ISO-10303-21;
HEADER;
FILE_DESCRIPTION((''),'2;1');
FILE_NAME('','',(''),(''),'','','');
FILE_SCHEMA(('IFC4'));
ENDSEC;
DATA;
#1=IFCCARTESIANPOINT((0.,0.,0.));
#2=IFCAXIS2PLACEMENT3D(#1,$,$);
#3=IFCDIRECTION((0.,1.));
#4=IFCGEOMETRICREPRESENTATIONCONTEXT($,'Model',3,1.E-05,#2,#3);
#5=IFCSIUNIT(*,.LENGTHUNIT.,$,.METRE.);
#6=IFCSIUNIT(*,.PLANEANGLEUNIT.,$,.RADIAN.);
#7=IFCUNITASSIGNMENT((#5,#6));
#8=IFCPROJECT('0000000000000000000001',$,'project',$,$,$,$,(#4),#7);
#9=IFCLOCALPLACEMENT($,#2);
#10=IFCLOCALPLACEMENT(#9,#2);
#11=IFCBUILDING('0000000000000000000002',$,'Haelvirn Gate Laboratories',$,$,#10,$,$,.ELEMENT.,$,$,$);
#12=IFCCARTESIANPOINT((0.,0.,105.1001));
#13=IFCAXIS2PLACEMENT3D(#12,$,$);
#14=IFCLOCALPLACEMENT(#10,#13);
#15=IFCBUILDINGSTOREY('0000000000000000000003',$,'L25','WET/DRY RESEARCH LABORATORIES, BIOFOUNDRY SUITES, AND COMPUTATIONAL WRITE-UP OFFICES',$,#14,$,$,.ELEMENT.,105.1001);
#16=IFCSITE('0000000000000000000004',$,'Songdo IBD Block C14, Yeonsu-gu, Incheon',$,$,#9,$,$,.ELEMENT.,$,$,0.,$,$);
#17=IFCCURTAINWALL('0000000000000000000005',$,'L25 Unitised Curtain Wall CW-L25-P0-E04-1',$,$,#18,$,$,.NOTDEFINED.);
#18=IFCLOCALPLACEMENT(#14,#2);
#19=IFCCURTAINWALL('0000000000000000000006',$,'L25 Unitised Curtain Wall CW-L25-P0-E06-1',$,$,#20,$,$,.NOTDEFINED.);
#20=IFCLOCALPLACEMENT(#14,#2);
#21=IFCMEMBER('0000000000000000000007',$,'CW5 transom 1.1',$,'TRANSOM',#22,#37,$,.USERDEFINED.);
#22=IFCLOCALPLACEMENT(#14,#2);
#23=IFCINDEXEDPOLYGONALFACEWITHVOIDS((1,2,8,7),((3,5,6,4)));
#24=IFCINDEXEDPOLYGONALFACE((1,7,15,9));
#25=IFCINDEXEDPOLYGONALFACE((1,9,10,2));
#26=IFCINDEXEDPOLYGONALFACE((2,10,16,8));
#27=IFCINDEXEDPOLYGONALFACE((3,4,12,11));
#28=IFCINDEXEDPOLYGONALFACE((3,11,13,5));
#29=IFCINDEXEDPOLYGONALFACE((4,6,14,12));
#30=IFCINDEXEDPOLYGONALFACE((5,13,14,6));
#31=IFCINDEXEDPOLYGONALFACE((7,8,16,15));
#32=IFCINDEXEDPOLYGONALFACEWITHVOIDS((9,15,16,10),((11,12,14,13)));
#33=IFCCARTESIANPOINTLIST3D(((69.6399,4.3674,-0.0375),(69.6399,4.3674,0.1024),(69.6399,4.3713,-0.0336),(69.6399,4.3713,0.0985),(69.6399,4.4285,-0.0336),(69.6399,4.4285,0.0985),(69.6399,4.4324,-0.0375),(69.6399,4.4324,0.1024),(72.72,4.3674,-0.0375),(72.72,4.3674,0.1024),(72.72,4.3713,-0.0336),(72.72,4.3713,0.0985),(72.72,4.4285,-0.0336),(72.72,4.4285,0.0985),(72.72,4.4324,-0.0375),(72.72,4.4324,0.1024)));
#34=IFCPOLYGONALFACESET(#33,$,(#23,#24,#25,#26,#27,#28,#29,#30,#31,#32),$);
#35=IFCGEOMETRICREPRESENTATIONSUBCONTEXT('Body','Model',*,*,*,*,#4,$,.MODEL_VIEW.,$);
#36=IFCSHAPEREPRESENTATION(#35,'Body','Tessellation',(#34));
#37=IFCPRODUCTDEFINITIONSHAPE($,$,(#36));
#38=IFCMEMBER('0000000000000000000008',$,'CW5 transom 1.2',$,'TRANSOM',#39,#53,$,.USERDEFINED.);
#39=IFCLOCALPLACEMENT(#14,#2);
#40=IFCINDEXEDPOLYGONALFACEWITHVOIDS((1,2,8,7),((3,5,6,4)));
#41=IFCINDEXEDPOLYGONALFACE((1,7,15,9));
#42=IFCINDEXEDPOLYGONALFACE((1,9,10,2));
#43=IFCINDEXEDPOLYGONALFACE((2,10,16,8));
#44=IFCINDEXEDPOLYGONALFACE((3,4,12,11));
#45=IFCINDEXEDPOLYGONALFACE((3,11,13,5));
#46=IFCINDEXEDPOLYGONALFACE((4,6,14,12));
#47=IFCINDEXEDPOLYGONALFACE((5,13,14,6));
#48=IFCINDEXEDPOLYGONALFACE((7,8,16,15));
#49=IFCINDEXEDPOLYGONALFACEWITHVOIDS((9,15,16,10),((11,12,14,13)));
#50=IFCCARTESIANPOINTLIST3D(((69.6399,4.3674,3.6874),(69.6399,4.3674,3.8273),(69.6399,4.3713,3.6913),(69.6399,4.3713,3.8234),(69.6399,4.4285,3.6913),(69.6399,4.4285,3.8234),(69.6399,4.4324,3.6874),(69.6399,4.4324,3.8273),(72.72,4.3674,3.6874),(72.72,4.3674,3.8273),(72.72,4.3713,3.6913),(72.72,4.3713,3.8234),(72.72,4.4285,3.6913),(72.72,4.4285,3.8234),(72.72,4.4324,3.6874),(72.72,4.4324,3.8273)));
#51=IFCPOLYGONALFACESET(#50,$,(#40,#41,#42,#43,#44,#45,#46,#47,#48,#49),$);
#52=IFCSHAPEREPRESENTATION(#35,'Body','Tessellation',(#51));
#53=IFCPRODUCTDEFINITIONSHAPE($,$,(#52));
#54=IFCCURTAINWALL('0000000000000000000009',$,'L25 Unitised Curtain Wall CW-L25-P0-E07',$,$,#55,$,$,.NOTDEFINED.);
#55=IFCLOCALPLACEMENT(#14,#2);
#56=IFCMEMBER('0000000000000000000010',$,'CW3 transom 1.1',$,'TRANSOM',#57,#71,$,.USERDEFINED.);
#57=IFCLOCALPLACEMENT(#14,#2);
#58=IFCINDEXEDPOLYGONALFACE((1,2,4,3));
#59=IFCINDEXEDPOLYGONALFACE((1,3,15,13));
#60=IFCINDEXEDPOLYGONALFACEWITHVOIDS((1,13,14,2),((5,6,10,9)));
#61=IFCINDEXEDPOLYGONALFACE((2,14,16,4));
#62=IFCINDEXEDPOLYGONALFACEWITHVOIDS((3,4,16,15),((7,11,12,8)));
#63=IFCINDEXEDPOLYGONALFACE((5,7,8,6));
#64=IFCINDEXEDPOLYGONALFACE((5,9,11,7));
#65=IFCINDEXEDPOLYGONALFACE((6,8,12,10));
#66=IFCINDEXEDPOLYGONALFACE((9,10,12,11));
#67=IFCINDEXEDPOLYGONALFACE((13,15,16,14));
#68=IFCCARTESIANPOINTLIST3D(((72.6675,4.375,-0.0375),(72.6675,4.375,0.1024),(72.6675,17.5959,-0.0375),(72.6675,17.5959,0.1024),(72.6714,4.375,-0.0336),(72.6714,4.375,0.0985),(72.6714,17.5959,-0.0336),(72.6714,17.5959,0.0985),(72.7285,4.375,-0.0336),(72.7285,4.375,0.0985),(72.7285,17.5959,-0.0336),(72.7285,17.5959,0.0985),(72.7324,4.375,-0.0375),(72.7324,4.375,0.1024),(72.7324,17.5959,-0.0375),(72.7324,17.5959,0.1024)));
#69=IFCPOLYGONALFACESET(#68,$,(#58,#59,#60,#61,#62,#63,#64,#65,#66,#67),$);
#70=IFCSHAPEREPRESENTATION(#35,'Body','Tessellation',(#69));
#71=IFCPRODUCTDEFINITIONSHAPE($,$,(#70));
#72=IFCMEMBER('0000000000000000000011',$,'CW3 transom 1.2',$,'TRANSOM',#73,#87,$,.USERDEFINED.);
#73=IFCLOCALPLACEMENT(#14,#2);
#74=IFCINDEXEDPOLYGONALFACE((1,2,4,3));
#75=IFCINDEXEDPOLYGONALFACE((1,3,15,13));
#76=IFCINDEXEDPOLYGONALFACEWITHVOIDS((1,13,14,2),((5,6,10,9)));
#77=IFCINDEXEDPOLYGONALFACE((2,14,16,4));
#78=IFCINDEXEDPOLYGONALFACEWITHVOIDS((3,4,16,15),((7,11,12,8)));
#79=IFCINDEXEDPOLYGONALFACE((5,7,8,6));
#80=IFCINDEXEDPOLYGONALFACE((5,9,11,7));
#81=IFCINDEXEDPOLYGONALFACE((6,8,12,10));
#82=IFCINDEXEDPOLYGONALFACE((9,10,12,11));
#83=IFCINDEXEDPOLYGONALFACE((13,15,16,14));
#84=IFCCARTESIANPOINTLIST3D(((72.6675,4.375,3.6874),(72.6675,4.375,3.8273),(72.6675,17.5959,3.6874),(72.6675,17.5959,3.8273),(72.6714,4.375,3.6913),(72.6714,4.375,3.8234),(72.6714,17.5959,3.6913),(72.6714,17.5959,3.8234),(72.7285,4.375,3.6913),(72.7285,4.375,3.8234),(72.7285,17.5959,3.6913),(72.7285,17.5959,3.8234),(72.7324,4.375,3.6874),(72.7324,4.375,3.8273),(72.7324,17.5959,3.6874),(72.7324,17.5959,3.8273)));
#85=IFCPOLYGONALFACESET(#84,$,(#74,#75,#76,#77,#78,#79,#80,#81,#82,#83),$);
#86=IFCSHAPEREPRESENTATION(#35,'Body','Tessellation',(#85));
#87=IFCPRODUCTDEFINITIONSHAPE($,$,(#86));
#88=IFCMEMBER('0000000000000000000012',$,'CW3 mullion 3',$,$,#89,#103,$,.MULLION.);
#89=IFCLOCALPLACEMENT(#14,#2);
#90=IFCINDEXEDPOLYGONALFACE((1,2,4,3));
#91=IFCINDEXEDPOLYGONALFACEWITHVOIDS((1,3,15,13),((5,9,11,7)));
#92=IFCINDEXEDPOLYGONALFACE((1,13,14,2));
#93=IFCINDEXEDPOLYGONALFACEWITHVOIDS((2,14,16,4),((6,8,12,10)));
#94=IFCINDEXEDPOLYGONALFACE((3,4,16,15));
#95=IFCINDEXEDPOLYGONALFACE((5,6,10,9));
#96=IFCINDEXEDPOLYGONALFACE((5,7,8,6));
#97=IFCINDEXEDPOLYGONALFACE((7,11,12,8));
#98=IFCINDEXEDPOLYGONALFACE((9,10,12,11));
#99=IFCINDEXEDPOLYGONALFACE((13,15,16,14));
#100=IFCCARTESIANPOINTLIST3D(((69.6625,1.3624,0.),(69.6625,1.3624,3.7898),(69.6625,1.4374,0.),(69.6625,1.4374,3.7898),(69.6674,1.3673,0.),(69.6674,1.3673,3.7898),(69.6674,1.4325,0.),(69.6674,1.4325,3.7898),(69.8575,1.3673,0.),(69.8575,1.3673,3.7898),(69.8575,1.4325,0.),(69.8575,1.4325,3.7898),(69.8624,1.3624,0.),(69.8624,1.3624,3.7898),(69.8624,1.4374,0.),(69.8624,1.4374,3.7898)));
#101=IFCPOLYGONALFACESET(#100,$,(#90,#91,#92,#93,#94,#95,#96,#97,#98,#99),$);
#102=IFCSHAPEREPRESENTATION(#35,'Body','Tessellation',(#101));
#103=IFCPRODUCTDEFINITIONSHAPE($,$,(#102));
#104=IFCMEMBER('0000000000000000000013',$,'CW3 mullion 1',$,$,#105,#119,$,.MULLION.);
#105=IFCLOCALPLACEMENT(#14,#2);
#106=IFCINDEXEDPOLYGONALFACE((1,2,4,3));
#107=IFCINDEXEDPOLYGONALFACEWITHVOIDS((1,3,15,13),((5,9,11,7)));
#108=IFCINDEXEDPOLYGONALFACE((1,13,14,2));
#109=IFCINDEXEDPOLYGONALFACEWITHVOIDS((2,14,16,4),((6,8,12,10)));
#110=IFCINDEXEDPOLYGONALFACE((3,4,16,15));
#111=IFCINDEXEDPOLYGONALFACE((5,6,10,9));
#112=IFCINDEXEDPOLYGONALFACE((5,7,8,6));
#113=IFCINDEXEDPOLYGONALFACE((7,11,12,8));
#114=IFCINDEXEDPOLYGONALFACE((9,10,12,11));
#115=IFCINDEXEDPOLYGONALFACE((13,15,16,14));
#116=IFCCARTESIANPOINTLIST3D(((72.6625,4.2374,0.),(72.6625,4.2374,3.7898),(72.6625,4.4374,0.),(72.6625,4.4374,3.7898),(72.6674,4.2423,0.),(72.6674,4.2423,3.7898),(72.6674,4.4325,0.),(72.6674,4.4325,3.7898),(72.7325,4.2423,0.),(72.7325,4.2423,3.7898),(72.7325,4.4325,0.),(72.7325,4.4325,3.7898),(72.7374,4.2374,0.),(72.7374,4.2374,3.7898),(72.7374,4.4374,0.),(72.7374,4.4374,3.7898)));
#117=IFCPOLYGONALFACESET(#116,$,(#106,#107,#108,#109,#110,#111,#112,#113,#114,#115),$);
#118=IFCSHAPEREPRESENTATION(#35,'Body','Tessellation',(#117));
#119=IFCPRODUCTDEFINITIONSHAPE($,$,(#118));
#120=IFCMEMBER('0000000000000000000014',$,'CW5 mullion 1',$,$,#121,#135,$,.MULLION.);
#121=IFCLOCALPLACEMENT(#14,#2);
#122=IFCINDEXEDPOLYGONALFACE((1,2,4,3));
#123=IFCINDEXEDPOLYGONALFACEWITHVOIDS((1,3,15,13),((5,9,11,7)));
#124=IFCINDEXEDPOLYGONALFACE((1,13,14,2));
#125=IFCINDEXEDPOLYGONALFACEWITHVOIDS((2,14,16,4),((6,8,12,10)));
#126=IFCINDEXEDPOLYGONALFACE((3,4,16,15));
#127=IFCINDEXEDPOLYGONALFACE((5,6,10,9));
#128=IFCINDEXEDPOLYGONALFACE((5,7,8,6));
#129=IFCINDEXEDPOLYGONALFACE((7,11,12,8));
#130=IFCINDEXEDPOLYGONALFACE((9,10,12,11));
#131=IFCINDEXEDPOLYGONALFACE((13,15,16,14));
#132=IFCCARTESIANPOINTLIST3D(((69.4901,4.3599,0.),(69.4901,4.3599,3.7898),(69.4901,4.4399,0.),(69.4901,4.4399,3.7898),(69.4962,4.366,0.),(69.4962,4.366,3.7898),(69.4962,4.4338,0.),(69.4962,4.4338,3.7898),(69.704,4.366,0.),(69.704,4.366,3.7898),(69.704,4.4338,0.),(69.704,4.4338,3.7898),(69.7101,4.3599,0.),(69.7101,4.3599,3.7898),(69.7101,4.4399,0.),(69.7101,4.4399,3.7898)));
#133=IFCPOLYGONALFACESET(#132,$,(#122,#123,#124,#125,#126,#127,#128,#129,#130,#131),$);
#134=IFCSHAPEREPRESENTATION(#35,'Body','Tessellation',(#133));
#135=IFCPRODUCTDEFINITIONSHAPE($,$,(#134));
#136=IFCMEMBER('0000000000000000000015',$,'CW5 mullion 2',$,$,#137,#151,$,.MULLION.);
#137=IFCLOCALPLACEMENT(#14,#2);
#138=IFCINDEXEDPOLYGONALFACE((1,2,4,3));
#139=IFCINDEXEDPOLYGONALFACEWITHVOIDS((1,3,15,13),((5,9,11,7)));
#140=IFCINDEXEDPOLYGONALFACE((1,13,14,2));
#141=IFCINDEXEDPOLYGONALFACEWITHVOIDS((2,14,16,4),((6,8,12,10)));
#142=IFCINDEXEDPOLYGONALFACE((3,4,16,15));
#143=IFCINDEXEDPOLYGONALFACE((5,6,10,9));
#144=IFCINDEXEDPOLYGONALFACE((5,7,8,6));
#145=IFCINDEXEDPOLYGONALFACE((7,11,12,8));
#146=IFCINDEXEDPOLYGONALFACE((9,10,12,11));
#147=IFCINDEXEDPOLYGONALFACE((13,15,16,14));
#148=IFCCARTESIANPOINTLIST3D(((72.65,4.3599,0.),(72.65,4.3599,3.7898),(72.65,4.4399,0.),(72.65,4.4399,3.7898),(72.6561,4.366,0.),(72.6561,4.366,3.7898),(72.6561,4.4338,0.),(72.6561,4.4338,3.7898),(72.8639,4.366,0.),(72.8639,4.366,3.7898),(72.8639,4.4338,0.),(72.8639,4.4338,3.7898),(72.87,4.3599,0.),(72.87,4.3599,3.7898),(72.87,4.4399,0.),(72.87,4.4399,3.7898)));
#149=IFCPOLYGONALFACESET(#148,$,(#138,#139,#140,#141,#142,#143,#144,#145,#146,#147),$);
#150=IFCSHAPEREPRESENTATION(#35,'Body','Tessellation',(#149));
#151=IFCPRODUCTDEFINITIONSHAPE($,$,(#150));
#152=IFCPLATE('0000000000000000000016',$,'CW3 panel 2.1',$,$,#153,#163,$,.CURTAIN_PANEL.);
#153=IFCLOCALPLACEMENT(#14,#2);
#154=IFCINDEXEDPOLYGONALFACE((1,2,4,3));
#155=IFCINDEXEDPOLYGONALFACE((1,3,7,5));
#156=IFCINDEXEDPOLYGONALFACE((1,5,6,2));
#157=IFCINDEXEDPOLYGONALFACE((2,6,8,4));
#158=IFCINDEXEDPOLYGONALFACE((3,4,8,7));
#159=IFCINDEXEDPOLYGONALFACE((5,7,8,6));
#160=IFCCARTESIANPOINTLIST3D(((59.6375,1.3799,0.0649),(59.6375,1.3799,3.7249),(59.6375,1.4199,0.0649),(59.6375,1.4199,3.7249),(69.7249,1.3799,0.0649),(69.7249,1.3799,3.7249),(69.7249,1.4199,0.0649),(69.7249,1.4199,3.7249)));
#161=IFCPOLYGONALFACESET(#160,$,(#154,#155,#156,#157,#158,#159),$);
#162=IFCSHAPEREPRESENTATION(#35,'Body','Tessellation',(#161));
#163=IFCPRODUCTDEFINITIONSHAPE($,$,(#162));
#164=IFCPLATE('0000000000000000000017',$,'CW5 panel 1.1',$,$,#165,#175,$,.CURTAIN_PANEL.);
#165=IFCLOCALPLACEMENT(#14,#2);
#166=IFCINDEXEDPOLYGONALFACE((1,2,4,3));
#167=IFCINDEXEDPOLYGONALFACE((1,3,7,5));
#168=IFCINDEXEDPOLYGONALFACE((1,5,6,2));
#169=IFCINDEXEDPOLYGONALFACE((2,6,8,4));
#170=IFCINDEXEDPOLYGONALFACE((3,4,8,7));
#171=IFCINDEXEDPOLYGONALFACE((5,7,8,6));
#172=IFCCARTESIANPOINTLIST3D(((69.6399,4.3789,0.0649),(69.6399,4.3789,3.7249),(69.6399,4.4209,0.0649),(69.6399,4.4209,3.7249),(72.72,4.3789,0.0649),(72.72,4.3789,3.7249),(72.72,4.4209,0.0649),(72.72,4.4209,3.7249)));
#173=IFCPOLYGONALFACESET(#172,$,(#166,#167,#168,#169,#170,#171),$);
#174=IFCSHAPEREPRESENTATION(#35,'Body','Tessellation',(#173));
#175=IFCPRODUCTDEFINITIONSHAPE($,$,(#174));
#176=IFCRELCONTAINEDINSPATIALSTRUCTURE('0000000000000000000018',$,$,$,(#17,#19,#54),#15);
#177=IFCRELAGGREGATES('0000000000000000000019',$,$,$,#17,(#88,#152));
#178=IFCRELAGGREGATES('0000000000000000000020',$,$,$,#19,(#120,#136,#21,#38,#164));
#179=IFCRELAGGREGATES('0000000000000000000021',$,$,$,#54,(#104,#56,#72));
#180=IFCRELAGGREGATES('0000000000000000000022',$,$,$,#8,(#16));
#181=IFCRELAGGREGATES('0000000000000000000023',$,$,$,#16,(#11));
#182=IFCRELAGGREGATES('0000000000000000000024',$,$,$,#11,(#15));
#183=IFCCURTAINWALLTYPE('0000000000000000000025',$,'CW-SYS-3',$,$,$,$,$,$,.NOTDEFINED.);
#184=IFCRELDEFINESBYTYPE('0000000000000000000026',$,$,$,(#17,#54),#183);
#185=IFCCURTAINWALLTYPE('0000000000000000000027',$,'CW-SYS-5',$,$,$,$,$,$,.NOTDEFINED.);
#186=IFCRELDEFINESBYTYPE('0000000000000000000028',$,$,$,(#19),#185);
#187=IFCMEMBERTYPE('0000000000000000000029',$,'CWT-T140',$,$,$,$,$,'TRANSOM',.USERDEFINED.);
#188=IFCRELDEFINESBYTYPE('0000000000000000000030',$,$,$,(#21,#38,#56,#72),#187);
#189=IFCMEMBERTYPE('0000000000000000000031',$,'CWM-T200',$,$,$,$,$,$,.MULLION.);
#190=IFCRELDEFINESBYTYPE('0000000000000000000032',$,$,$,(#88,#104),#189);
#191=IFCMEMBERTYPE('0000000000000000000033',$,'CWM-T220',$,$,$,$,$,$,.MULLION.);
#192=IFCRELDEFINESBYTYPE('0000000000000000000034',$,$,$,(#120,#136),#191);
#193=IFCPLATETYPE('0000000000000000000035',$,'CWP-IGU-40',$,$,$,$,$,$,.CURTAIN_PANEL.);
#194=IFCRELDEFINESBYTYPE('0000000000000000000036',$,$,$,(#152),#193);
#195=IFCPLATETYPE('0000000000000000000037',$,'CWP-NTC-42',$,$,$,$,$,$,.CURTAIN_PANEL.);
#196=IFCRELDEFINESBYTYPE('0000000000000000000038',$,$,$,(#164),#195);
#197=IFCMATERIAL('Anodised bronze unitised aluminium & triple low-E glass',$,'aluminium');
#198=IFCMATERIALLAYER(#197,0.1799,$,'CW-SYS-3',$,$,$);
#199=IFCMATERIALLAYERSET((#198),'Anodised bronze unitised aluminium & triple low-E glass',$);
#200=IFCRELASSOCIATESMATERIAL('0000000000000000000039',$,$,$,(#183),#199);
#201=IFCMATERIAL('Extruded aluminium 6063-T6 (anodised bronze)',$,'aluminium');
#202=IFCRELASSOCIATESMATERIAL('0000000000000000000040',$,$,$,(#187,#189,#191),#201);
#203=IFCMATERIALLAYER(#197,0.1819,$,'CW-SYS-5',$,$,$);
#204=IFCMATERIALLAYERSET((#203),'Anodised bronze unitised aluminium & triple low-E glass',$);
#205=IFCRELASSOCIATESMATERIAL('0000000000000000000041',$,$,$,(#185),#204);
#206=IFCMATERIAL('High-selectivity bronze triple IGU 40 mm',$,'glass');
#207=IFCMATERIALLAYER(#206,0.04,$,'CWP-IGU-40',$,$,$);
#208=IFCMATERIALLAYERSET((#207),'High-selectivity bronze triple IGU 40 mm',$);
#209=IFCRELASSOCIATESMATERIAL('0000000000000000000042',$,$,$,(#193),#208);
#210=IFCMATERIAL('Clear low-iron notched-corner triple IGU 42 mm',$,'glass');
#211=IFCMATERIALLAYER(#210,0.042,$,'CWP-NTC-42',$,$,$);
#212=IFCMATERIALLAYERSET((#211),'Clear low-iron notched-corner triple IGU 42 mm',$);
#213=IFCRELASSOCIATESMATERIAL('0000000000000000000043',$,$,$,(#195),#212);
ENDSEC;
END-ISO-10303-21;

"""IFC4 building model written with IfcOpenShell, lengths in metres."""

from ifc_helpers import new_model, si_unit, direction, frame, origin, origin_2d, place, context, subcontext, project, spatial, rectangle, hollow_rectangle, extrude, source, transform, mapped, material, layer, layer_set, material_profile, profile_set, type_object, type_shapes, element, aggregate, save


model = new_model("IFC4")

# Units and contexts
model_context = context("Model", 3, precision=1e-05, world=origin(), true_north=direction((0.0, 1.0)))
body_context = subcontext(model_context, "Body", "Model", "MODEL_VIEW")
ifc_project = project(units=[si_unit("LENGTHUNIT", "METRE"), si_unit("PLANEANGLEUNIT", "RADIAN")], contexts=[model_context])

# Site, building, storey
site_placement = place(None, origin())
site = spatial("IfcSite", under=ifc_project, at=site_placement, Name="Songdo IBD Block C14, Yeonsu-gu, Incheon", CompositionType="ELEMENT", RefElevation=0.0)
building_placement = place(site_placement, origin())
building = spatial("IfcBuilding", under=site, at=building_placement, Name="Haelvirn Gate Laboratories", CompositionType="ELEMENT")
storey_placement = place(building_placement, frame((0.0, 0.0, 105.1001)))
storey = spatial("IfcBuildingStorey", under=building, at=storey_placement, Name="L25", Description="WET/DRY RESEARCH LABORATORIES, BIOFOUNDRY SUITES, AND COMPUTATIONAL WRITE-UP OFFICES", CompositionType="ELEMENT", Elevation=105.1001)

# Curtain walls, members
ifc_material_1 = material(Name="Anodised bronze unitised aluminium & triple low-E glass", Category="aluminium")
ifc_layer_1 = layer(ifc_material_1, 0.1799, Name="CW-SYS-3")
ifc_layer_set_1 = layer_set([ifc_layer_1], Name="Anodised bronze unitised aluminium & triple low-E glass")
curtain_wall_type_1 = type_object("IfcCurtainWallType", Name="CW-SYS-3", PredefinedType="NOTDEFINED", material=ifc_layer_set_1)
curtain_wall_1_placement = place(storey_placement, origin())
curtain_wall_1 = element("IfcCurtainWall", 1, at=curtain_wall_1_placement, inside=storey, type_object=curtain_wall_type_1, Name="L25 Unitised Curtain Wall CW-L25-P0-E04-1", PredefinedType="NOTDEFINED")
ifc_material_2 = material(Name="Extruded aluminium 6063-T6 (anodised bronze)", Category="aluminium")
ifc_material_profile_1 = material_profile(ifc_material_2, hollow_rectangle(XDim=0.0649, YDim=0.1399, WallThickness=0.0039, at=origin_2d()), Name="CWT-140x65x4")
ifc_profile_set_1 = profile_set([ifc_material_profile_1], Name="Extruded aluminium 6063-T6 (anodised bronze)")
member_type_1 = type_object("IfcMemberType", Name="CWT-T140", ElementType="TRANSOM", PredefinedType="USERDEFINED", material=ifc_profile_set_1)
ifc_layer_2 = layer(ifc_material_1, 0.1819, Name="CW-SYS-5")
ifc_layer_set_2 = layer_set([ifc_layer_2], Name="Anodised bronze unitised aluminium & triple low-E glass")
curtain_wall_type_2 = type_object("IfcCurtainWallType", Name="CW-SYS-5", PredefinedType="NOTDEFINED", material=ifc_layer_set_2)
curtain_wall_2_placement = place(storey_placement, origin())
curtain_wall_2 = element("IfcCurtainWall", 2, at=curtain_wall_2_placement, inside=storey, type_object=curtain_wall_type_2, Name="L25 Unitised Curtain Wall CW-L25-P0-E06-1", PredefinedType="NOTDEFINED")
shared_shape_1 = source(origin(), body_context, "Body", "SweptSolid", [
    extrude(hollow_rectangle(XDim=0.0649, YDim=0.1399, WallThickness=0.0039, at=origin_2d()), origin(), (0.0, 0.0, 1.0), 3.0801),
])
member_1_placement = place(storey_placement, frame((69.6399, 4.3999, 0.0325), z_axis=(1.0, 0.0, 0.0), x_axis=(0.0, 1.0, 0.0)))
member_1 = element("IfcMember", 3, at=member_1_placement, type_object=member_type_1, Name="CW5 transom 1.1", ObjectType="TRANSOM", PredefinedType="USERDEFINED", context=body_context, shape_type="MappedRepresentation", body=[
    mapped(shared_shape_1, transform((0.0, 0.0, 0.0), scale=1.0)),
])
member_2_placement = place(storey_placement, frame((69.6399, 4.3999, 3.7573), z_axis=(1.0, 0.0, 0.0), x_axis=(0.0, 1.0, 0.0)))
member_2 = element("IfcMember", 4, at=member_2_placement, type_object=member_type_1, Name="CW5 transom 1.2", ObjectType="TRANSOM", PredefinedType="USERDEFINED", context=body_context, shape_type="MappedRepresentation", body=[
    mapped(shared_shape_1, transform((0.0, 0.0, 0.0), scale=1.0)),
])
curtain_wall_3_placement = place(storey_placement, origin())
curtain_wall_3 = element("IfcCurtainWall", 5, at=curtain_wall_3_placement, inside=storey, type_object=curtain_wall_type_1, Name="L25 Unitised Curtain Wall CW-L25-P0-E07", PredefinedType="NOTDEFINED")
shared_shape_2 = source(origin(), body_context, "Body", "SweptSolid", [
    extrude(hollow_rectangle(XDim=0.0649, YDim=0.1399, WallThickness=0.0039, at=origin_2d()), origin(), (0.0, 0.0, 1.0), 13.2209),
])
member_3_placement = place(storey_placement, frame((72.7, 4.375, 0.0325), z_axis=(0.0, 1.0, 0.0), x_axis=(-1.0, 0.0, 0.0)))
member_3 = element("IfcMember", 6, at=member_3_placement, type_object=member_type_1, Name="CW3 transom 1.1", ObjectType="TRANSOM", PredefinedType="USERDEFINED", context=body_context, shape_type="MappedRepresentation", body=[
    mapped(shared_shape_2, transform((0.0, 0.0, 0.0), scale=1.0)),
])
member_4_placement = place(storey_placement, frame((72.7, 4.375, 3.7573), z_axis=(0.0, 1.0, 0.0), x_axis=(-1.0, 0.0, 0.0)))
member_4 = element("IfcMember", 7, at=member_4_placement, type_object=member_type_1, Name="CW3 transom 1.2", ObjectType="TRANSOM", PredefinedType="USERDEFINED", context=body_context, shape_type="MappedRepresentation", body=[
    mapped(shared_shape_2, transform((0.0, 0.0, 0.0), scale=1.0)),
])

# Members
ifc_material_profile_2 = material_profile(ifc_material_2, hollow_rectangle(XDim=0.075, YDim=0.2, WallThickness=0.0049, at=origin_2d()), Name="CWM-200x75x5")
ifc_profile_set_2 = profile_set([ifc_material_profile_2], Name="Extruded aluminium 6063-T6 (anodised bronze)")
member_type_2 = type_object("IfcMemberType", Name="CWM-T200", PredefinedType="MULLION", material=ifc_profile_set_2)
shared_shape_3 = source(origin(), body_context, "Body", "SweptSolid", [
    extrude(hollow_rectangle(XDim=0.075, YDim=0.2, WallThickness=0.0049, at=origin_2d()), origin(), (0.0, 0.0, 1.0), 3.7898),
])
type_shapes(member_type_2, [shared_shape_3])
member_5_placement = place(storey_placement, frame((69.7625, 1.3999, 0.0), z_axis=(0.0, 0.0, 1.0), x_axis=(0.0, 1.0, 0.0)))
member_5 = element("IfcMember", 8, at=member_5_placement, type_object=member_type_2, Name="CW3 mullion 3", PredefinedType="MULLION", context=body_context, shape_type="MappedRepresentation", body=[
    mapped(shared_shape_3, transform((0.0, 0.0, 0.0), scale=1.0)),
])
member_6_placement = place(storey_placement, frame((72.7, 4.3374, 0.0), z_axis=(0.0, 0.0, 1.0), x_axis=(-1.0, 0.0, 0.0)))
member_6 = element("IfcMember", 9, at=member_6_placement, type_object=member_type_2, Name="CW3 mullion 1", PredefinedType="MULLION", context=body_context, shape_type="MappedRepresentation", body=[
    mapped(shared_shape_3, transform((0.0, 0.0, 0.0), scale=1.0)),
])
ifc_material_profile_3 = material_profile(ifc_material_2, hollow_rectangle(XDim=0.0801, YDim=0.22, WallThickness=0.0061, at=origin_2d()), Name="CWM-220x80x6")
ifc_profile_set_3 = profile_set([ifc_material_profile_3], Name="Extruded aluminium 6063-T6 (anodised bronze)")
member_type_3 = type_object("IfcMemberType", Name="CWM-T220", PredefinedType="MULLION", material=ifc_profile_set_3)
shared_shape_4 = source(origin(), body_context, "Body", "SweptSolid", [
    extrude(hollow_rectangle(XDim=0.0801, YDim=0.22, WallThickness=0.0061, at=origin_2d()), origin(), (0.0, 0.0, 1.0), 3.7898),
])
type_shapes(member_type_3, [shared_shape_4])
member_7_placement = place(storey_placement, frame((69.6001, 4.3999, 0.0), z_axis=(0.0, 0.0, 1.0), x_axis=(0.0, 1.0, 0.0)))
member_7 = element("IfcMember", 10, at=member_7_placement, type_object=member_type_3, Name="CW5 mullion 1", PredefinedType="MULLION", context=body_context, shape_type="MappedRepresentation", body=[
    mapped(shared_shape_4, transform((0.0, 0.0, 0.0), scale=1.0)),
])
member_8_placement = place(storey_placement, frame((72.76, 4.3999, 0.0), z_axis=(0.0, 0.0, 1.0), x_axis=(0.0, 1.0, 0.0)))
member_8 = element("IfcMember", 11, at=member_8_placement, type_object=member_type_3, Name="CW5 mullion 2", PredefinedType="MULLION", context=body_context, shape_type="MappedRepresentation", body=[
    mapped(shared_shape_4, transform((0.0, 0.0, 0.0), scale=1.0)),
])

# Plates
ifc_material_3 = material(Name="High-selectivity bronze triple IGU 40 mm", Category="glass")
ifc_layer_3 = layer(ifc_material_3, 0.04, Name="CWP-IGU-40")
ifc_layer_set_3 = layer_set([ifc_layer_3], Name="High-selectivity bronze triple IGU 40 mm")
plate_type_1 = type_object("IfcPlateType", Name="CWP-IGU-40", PredefinedType="CURTAIN_PANEL", material=ifc_layer_set_3)
shared_shape_5 = source(origin(), body_context, "Body", "SweptSolid", [
    extrude(rectangle(XDim=10.0874, YDim=0.04, at=origin_2d()), origin(), (0.0, 0.0, 1.0), 3.6599),
])
plate_1_placement = place(storey_placement, frame((64.6812, 1.3999, 0.0649), z_axis=(0.0, 0.0, 1.0), x_axis=(1.0, 0.0, 0.0)))
plate_1 = element("IfcPlate", 12, at=plate_1_placement, type_object=plate_type_1, Name="CW3 panel 2.1", PredefinedType="CURTAIN_PANEL", context=body_context, shape_type="MappedRepresentation", body=[
    mapped(shared_shape_5, transform((0.0, 0.0, 0.0), scale=1.0)),
])
aggregate(curtain_wall_1, [member_5, plate_1])
ifc_material_4 = material(Name="Clear low-iron notched-corner triple IGU 42 mm", Category="glass")
ifc_layer_4 = layer(ifc_material_4, 0.042, Name="CWP-NTC-42")
ifc_layer_set_4 = layer_set([ifc_layer_4], Name="Clear low-iron notched-corner triple IGU 42 mm")
plate_type_2 = type_object("IfcPlateType", Name="CWP-NTC-42", PredefinedType="CURTAIN_PANEL", material=ifc_layer_set_4)
shared_shape_6 = source(origin(), body_context, "Body", "SweptSolid", [
    extrude(rectangle(XDim=3.0801, YDim=0.042, at=origin_2d()), origin(), (0.0, 0.0, 1.0), 3.6599),
])
type_shapes(plate_type_2, [shared_shape_6])
plate_2_placement = place(storey_placement, frame((71.1799, 4.3999, 0.0649), z_axis=(0.0, 0.0, 1.0), x_axis=(1.0, 0.0, 0.0)))
plate_2 = element("IfcPlate", 13, at=plate_2_placement, type_object=plate_type_2, Name="CW5 panel 1.1", PredefinedType="CURTAIN_PANEL", context=body_context, shape_type="MappedRepresentation", body=[
    mapped(shared_shape_6, transform((0.0, 0.0, 0.0), scale=1.0)),
])
aggregate(curtain_wall_2, [member_7, member_8, member_1, member_2, plate_2])
aggregate(curtain_wall_3, [member_6, member_3, member_4])

save(model, "model.ifc")
